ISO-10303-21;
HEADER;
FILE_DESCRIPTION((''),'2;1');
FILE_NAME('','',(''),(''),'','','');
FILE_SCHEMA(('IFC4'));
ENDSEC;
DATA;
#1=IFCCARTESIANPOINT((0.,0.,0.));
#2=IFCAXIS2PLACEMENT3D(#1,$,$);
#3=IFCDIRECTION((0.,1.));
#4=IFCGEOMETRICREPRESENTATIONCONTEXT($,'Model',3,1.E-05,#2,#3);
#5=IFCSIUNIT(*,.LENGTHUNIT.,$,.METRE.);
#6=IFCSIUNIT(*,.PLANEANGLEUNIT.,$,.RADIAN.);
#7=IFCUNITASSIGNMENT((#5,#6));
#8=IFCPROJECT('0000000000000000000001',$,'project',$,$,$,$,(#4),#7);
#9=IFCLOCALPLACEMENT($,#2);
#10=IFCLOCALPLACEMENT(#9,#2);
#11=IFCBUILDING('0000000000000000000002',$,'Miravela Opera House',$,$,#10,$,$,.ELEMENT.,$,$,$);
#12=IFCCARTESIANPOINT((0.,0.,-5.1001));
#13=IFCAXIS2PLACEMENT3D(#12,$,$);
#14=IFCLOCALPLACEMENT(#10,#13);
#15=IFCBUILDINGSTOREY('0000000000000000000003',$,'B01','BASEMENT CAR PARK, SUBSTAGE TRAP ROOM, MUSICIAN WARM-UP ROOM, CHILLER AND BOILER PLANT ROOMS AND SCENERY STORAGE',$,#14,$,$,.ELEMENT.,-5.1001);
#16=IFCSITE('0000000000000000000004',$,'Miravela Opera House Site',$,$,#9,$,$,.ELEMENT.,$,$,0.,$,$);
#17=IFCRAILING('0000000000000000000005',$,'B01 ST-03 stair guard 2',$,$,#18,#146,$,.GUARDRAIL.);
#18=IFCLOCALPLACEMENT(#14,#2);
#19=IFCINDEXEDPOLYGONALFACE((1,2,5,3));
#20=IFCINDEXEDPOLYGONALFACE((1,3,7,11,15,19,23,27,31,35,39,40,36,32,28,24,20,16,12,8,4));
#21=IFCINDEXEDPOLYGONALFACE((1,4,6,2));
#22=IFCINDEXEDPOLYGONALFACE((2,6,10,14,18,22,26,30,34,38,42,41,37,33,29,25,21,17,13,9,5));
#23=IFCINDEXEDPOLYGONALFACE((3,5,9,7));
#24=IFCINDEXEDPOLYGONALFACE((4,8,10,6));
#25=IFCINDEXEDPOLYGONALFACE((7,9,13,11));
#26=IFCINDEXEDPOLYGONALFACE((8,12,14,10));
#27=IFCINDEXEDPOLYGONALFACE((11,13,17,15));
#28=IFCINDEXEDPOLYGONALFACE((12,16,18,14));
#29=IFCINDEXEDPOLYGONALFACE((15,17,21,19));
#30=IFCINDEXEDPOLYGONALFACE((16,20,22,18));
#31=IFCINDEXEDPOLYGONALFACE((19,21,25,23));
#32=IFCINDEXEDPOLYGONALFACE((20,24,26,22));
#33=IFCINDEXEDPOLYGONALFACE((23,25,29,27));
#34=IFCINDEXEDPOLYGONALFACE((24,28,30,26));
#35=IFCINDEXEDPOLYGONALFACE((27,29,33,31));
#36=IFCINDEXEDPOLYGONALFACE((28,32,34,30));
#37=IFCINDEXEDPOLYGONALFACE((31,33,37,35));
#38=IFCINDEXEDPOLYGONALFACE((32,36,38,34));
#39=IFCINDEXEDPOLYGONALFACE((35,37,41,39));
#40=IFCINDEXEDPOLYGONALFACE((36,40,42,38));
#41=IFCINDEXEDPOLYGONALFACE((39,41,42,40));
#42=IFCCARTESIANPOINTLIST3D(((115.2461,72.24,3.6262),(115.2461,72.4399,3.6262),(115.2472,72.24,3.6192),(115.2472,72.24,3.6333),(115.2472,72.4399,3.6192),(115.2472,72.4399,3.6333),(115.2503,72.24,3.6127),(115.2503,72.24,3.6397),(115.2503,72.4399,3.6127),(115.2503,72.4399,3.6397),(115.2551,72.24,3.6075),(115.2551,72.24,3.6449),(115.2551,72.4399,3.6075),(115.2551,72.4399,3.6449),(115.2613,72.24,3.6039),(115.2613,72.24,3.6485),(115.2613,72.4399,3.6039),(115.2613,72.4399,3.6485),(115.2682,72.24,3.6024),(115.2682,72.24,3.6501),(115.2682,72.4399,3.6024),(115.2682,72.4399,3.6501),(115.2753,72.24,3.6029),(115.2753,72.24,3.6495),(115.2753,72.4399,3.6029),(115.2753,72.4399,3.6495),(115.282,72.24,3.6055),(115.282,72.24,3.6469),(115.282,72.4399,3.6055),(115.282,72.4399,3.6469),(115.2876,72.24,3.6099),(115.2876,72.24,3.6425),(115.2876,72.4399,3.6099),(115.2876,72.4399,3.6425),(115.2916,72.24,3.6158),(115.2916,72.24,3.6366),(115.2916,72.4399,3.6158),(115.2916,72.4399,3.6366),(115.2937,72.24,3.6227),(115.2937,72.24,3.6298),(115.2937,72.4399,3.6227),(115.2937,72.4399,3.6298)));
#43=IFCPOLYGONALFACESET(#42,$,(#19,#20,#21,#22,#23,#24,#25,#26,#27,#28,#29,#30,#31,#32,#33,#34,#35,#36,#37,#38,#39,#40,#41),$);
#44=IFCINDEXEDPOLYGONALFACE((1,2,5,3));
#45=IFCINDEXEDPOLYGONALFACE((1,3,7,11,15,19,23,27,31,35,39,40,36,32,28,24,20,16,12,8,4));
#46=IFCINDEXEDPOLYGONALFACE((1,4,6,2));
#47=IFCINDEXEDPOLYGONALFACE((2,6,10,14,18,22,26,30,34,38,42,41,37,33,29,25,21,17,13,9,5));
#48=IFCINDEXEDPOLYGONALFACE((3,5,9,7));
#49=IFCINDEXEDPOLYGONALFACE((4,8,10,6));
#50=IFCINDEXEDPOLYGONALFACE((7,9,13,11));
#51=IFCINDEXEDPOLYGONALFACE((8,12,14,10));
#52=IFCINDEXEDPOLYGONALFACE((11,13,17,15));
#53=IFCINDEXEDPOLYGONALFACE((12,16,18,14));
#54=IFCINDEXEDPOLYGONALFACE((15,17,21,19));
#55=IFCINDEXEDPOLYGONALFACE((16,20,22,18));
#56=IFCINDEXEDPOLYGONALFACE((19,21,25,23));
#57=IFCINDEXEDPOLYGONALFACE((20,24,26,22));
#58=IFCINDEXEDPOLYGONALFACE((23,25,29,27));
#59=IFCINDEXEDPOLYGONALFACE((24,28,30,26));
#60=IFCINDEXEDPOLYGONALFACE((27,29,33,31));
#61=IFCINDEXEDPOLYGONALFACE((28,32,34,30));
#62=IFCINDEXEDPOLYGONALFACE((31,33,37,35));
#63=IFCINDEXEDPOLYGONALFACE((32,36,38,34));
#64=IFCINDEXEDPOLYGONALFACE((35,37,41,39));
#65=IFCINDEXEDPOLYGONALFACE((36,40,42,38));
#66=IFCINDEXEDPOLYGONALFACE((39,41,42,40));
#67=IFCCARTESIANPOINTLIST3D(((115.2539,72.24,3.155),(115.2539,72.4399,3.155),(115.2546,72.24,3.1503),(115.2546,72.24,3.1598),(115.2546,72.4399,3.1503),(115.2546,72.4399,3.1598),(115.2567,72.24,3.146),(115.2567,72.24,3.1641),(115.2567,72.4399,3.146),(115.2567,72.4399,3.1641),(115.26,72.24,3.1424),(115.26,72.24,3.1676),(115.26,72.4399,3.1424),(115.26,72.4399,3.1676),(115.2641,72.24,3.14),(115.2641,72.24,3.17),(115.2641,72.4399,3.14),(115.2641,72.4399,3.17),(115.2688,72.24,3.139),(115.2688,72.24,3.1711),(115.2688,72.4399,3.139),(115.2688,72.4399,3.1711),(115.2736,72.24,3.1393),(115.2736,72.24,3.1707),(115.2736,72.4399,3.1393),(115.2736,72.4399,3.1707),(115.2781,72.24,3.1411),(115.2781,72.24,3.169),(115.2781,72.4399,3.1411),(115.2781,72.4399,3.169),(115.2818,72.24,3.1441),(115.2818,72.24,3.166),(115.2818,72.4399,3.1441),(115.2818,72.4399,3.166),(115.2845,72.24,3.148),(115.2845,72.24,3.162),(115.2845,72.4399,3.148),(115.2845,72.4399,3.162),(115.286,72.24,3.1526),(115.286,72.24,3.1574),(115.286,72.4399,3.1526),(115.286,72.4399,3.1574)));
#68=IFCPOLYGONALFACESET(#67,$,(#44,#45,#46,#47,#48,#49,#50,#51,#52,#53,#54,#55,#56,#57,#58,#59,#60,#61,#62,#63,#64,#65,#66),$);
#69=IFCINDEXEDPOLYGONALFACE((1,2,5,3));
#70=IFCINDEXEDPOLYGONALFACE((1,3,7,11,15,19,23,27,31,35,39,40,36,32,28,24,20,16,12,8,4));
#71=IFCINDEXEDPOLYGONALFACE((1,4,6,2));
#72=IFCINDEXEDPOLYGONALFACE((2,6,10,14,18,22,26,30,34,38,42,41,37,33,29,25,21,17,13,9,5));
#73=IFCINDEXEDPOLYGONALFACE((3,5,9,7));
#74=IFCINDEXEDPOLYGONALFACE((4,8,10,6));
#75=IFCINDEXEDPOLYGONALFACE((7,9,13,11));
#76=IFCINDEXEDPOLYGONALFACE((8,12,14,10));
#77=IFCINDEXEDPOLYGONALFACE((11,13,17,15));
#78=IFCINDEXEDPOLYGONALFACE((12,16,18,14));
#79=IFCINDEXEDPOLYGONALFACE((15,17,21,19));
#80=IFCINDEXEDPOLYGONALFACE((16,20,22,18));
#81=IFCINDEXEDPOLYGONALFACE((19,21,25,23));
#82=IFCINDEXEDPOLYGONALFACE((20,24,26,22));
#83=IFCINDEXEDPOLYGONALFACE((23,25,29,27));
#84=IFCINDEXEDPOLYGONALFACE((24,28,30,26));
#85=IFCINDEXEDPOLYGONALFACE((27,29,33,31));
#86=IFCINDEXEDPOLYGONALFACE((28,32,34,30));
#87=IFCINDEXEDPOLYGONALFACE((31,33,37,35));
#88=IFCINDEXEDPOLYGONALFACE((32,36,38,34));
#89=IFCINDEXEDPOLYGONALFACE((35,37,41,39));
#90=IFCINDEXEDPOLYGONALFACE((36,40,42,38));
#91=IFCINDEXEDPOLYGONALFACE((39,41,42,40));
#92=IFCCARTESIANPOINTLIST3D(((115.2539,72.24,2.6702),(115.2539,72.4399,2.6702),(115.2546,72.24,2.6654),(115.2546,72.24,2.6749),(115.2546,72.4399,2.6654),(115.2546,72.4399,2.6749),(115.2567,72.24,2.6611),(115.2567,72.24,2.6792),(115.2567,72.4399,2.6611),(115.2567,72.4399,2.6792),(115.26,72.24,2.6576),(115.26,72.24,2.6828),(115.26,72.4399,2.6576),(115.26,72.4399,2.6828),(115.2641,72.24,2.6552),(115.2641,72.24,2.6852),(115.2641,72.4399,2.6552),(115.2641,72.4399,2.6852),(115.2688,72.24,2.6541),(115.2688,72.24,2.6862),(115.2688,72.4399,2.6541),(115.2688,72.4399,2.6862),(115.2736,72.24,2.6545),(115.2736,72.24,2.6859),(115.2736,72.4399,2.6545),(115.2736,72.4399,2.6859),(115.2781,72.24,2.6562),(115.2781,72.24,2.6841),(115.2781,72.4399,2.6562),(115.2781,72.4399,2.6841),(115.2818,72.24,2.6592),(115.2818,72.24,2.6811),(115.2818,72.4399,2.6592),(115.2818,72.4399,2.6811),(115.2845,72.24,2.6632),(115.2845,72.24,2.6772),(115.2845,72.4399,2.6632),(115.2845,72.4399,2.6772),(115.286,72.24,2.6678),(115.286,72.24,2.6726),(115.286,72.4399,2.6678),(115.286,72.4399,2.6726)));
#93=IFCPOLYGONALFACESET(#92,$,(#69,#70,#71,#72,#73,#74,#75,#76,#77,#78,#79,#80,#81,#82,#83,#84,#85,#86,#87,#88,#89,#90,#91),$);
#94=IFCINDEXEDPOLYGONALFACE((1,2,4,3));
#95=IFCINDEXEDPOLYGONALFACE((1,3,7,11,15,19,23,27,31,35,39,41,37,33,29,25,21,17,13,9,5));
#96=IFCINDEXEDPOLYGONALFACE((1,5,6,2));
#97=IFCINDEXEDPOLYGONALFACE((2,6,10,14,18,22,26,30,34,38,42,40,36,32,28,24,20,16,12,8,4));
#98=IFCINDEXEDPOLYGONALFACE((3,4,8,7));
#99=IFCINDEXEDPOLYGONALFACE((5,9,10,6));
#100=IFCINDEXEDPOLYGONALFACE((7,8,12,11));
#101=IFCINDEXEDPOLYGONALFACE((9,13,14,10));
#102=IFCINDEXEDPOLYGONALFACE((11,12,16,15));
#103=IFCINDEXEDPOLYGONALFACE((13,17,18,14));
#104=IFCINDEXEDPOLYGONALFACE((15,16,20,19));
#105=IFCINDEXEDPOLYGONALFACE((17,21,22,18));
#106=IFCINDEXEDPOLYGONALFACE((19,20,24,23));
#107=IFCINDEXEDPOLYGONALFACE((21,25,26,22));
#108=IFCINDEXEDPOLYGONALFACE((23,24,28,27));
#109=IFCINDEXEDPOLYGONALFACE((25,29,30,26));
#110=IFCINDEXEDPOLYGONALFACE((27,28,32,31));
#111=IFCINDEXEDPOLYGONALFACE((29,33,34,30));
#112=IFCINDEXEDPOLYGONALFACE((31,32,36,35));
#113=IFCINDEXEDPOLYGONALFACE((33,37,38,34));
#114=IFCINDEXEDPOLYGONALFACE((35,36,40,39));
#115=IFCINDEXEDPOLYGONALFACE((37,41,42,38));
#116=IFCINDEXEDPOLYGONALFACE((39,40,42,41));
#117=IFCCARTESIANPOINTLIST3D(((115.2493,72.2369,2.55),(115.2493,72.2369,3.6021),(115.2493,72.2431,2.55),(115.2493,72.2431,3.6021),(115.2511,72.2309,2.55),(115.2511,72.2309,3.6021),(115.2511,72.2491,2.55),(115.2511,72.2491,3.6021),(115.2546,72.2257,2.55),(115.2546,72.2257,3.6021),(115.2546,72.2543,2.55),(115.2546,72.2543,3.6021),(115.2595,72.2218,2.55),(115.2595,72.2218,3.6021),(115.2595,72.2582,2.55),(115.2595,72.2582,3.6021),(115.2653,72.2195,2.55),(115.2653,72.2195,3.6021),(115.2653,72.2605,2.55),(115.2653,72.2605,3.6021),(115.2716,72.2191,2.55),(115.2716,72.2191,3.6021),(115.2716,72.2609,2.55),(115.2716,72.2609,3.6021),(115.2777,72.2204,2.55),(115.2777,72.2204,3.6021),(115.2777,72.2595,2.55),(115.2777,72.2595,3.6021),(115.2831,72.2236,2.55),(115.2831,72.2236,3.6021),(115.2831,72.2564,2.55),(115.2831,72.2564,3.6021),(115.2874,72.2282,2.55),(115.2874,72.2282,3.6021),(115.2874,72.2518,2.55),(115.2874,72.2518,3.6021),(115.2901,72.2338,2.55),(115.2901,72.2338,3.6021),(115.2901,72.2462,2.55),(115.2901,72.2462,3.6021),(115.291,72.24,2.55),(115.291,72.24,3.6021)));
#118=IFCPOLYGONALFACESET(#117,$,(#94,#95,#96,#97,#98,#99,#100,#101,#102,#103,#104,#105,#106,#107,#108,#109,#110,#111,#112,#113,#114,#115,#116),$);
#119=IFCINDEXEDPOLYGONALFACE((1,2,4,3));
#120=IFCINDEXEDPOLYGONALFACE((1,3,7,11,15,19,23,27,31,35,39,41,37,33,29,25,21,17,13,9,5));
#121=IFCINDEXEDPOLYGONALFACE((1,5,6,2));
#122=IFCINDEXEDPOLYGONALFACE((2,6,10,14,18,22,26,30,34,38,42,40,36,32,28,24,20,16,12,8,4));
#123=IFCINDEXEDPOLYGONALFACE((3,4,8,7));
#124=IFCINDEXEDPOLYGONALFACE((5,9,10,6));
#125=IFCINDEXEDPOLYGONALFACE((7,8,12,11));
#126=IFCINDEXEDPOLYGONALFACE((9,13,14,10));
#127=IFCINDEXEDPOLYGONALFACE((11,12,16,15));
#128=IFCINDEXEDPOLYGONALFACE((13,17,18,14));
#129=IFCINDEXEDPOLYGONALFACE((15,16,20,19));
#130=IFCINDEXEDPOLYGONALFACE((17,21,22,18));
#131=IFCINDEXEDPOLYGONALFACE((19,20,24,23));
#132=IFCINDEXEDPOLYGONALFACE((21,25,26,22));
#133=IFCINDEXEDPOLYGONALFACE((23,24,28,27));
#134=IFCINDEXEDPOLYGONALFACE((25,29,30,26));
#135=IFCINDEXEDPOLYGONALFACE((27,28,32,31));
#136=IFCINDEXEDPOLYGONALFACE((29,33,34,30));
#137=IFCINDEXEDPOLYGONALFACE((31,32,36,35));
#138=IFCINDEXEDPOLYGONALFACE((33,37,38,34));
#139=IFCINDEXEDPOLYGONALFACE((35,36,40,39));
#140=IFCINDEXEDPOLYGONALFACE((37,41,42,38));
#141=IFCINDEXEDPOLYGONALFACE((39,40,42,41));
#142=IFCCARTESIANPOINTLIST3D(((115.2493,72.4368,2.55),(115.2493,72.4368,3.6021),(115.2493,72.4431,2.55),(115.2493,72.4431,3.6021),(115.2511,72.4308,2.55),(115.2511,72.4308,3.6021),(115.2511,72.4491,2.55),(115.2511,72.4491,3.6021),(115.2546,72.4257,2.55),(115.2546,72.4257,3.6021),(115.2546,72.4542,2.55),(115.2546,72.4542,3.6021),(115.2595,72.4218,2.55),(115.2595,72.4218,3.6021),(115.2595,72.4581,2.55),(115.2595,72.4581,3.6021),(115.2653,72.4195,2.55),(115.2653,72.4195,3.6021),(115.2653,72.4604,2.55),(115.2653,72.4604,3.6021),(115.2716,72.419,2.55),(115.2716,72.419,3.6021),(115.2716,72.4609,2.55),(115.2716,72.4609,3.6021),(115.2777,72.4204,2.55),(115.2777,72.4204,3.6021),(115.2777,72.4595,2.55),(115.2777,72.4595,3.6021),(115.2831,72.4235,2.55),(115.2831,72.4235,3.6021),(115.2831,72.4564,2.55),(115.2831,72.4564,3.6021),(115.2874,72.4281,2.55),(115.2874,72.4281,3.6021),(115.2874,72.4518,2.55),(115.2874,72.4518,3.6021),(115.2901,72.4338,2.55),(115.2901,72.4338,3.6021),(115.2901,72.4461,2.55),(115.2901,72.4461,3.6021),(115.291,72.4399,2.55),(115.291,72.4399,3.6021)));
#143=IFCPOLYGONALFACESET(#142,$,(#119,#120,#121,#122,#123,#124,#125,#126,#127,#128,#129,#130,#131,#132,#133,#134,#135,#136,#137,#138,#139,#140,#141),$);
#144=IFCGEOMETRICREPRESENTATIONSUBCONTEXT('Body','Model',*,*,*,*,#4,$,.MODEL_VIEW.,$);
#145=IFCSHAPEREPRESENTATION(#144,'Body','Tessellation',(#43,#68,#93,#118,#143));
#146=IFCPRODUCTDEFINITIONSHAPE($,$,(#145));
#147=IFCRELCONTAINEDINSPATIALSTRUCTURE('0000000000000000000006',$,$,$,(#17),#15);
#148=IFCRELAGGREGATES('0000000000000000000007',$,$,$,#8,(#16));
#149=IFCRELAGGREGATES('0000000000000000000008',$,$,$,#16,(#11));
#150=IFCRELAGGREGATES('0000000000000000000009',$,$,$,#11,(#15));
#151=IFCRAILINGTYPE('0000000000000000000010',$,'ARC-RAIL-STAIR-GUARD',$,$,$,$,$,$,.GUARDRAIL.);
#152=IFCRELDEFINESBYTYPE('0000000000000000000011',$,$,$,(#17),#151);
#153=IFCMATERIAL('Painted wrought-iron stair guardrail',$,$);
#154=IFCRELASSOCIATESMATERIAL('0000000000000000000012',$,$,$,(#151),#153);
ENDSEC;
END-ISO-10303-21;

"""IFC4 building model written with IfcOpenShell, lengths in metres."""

from ifc_helpers import new_model, si_unit, direction, frame, origin, origin_2d, place, context, subcontext, project, spatial, circle, extrude, material, type_object, element, save


model = new_model("IFC4")

# Units and contexts
model_context = context("Model", 3, precision=1e-05, world=origin(), true_north=direction((0.0, 1.0)))
body_context = subcontext(model_context, "Body", "Model", "MODEL_VIEW")
ifc_project = project(units=[si_unit("LENGTHUNIT", "METRE"), si_unit("PLANEANGLEUNIT", "RADIAN")], contexts=[model_context])

# Site, building, storey
site_placement = place(None, origin())
site = spatial("IfcSite", under=ifc_project, at=site_placement, Name="Miravela Opera House Site", CompositionType="ELEMENT", RefElevation=0.0)
building_placement = place(site_placement, origin())
building = spatial("IfcBuilding", under=site, at=building_placement, Name="Miravela Opera House", CompositionType="ELEMENT")
storey_placement = place(building_placement, frame((0.0, 0.0, -5.1001)))
storey = spatial("IfcBuildingStorey", under=building, at=storey_placement, Name="B01", Description="BASEMENT CAR PARK, SUBSTAGE TRAP ROOM, MUSICIAN WARM-UP ROOM, CHILLER AND BOILER PLANT ROOMS AND SCENERY STORAGE", CompositionType="ELEMENT", Elevation=-5.1001)

# Railing
ifc_material_1 = material(Name="Painted wrought-iron stair guardrail")
railing_type_1 = type_object("IfcRailingType", Name="ARC-RAIL-STAIR-GUARD", PredefinedType="GUARDRAIL", material=ifc_material_1)
railing_1_placement = place(storey_placement, frame((115.27, 72.24, 2.55)))
element("IfcRailing", 1, at=railing_1_placement, inside=storey, type_object=railing_type_1, Name="B01 ST-03 stair guard 2", PredefinedType="GUARDRAIL", context=body_context, shape_type="SweptSolid", body=[
    extrude(circle(Radius=0.0239, at=origin_2d()), frame((0.0, 0.0, 1.0762), z_axis=(0.0, 1.0, 0.0), x_axis=(-1.0, 0.0, 0.0)), (0.0, 0.0, 1.0), 0.2),
    extrude(circle(Radius=0.0161, at=origin_2d()), frame((0.0, 0.0, 0.605), z_axis=(0.0, 1.0, 0.0), x_axis=(-1.0, 0.0, 0.0)), (0.0, 0.0, 1.0), 0.2),
    extrude(circle(Radius=0.0161, at=origin_2d()), frame((0.0, 0.0, 0.1201), z_axis=(0.0, 1.0, 0.0), x_axis=(-1.0, 0.0, 0.0)), (0.0, 0.0, 1.0), 0.2),
    extrude(circle(Radius=0.021, at=origin_2d()), origin(), (0.0, 0.0, 1.0), 1.052),
    extrude(circle(Radius=0.021, at=origin_2d()), frame((0.0, 0.2, 0.0)), (0.0, 0.0, 1.0), 1.052),
])

save(model, "model.ifc")
